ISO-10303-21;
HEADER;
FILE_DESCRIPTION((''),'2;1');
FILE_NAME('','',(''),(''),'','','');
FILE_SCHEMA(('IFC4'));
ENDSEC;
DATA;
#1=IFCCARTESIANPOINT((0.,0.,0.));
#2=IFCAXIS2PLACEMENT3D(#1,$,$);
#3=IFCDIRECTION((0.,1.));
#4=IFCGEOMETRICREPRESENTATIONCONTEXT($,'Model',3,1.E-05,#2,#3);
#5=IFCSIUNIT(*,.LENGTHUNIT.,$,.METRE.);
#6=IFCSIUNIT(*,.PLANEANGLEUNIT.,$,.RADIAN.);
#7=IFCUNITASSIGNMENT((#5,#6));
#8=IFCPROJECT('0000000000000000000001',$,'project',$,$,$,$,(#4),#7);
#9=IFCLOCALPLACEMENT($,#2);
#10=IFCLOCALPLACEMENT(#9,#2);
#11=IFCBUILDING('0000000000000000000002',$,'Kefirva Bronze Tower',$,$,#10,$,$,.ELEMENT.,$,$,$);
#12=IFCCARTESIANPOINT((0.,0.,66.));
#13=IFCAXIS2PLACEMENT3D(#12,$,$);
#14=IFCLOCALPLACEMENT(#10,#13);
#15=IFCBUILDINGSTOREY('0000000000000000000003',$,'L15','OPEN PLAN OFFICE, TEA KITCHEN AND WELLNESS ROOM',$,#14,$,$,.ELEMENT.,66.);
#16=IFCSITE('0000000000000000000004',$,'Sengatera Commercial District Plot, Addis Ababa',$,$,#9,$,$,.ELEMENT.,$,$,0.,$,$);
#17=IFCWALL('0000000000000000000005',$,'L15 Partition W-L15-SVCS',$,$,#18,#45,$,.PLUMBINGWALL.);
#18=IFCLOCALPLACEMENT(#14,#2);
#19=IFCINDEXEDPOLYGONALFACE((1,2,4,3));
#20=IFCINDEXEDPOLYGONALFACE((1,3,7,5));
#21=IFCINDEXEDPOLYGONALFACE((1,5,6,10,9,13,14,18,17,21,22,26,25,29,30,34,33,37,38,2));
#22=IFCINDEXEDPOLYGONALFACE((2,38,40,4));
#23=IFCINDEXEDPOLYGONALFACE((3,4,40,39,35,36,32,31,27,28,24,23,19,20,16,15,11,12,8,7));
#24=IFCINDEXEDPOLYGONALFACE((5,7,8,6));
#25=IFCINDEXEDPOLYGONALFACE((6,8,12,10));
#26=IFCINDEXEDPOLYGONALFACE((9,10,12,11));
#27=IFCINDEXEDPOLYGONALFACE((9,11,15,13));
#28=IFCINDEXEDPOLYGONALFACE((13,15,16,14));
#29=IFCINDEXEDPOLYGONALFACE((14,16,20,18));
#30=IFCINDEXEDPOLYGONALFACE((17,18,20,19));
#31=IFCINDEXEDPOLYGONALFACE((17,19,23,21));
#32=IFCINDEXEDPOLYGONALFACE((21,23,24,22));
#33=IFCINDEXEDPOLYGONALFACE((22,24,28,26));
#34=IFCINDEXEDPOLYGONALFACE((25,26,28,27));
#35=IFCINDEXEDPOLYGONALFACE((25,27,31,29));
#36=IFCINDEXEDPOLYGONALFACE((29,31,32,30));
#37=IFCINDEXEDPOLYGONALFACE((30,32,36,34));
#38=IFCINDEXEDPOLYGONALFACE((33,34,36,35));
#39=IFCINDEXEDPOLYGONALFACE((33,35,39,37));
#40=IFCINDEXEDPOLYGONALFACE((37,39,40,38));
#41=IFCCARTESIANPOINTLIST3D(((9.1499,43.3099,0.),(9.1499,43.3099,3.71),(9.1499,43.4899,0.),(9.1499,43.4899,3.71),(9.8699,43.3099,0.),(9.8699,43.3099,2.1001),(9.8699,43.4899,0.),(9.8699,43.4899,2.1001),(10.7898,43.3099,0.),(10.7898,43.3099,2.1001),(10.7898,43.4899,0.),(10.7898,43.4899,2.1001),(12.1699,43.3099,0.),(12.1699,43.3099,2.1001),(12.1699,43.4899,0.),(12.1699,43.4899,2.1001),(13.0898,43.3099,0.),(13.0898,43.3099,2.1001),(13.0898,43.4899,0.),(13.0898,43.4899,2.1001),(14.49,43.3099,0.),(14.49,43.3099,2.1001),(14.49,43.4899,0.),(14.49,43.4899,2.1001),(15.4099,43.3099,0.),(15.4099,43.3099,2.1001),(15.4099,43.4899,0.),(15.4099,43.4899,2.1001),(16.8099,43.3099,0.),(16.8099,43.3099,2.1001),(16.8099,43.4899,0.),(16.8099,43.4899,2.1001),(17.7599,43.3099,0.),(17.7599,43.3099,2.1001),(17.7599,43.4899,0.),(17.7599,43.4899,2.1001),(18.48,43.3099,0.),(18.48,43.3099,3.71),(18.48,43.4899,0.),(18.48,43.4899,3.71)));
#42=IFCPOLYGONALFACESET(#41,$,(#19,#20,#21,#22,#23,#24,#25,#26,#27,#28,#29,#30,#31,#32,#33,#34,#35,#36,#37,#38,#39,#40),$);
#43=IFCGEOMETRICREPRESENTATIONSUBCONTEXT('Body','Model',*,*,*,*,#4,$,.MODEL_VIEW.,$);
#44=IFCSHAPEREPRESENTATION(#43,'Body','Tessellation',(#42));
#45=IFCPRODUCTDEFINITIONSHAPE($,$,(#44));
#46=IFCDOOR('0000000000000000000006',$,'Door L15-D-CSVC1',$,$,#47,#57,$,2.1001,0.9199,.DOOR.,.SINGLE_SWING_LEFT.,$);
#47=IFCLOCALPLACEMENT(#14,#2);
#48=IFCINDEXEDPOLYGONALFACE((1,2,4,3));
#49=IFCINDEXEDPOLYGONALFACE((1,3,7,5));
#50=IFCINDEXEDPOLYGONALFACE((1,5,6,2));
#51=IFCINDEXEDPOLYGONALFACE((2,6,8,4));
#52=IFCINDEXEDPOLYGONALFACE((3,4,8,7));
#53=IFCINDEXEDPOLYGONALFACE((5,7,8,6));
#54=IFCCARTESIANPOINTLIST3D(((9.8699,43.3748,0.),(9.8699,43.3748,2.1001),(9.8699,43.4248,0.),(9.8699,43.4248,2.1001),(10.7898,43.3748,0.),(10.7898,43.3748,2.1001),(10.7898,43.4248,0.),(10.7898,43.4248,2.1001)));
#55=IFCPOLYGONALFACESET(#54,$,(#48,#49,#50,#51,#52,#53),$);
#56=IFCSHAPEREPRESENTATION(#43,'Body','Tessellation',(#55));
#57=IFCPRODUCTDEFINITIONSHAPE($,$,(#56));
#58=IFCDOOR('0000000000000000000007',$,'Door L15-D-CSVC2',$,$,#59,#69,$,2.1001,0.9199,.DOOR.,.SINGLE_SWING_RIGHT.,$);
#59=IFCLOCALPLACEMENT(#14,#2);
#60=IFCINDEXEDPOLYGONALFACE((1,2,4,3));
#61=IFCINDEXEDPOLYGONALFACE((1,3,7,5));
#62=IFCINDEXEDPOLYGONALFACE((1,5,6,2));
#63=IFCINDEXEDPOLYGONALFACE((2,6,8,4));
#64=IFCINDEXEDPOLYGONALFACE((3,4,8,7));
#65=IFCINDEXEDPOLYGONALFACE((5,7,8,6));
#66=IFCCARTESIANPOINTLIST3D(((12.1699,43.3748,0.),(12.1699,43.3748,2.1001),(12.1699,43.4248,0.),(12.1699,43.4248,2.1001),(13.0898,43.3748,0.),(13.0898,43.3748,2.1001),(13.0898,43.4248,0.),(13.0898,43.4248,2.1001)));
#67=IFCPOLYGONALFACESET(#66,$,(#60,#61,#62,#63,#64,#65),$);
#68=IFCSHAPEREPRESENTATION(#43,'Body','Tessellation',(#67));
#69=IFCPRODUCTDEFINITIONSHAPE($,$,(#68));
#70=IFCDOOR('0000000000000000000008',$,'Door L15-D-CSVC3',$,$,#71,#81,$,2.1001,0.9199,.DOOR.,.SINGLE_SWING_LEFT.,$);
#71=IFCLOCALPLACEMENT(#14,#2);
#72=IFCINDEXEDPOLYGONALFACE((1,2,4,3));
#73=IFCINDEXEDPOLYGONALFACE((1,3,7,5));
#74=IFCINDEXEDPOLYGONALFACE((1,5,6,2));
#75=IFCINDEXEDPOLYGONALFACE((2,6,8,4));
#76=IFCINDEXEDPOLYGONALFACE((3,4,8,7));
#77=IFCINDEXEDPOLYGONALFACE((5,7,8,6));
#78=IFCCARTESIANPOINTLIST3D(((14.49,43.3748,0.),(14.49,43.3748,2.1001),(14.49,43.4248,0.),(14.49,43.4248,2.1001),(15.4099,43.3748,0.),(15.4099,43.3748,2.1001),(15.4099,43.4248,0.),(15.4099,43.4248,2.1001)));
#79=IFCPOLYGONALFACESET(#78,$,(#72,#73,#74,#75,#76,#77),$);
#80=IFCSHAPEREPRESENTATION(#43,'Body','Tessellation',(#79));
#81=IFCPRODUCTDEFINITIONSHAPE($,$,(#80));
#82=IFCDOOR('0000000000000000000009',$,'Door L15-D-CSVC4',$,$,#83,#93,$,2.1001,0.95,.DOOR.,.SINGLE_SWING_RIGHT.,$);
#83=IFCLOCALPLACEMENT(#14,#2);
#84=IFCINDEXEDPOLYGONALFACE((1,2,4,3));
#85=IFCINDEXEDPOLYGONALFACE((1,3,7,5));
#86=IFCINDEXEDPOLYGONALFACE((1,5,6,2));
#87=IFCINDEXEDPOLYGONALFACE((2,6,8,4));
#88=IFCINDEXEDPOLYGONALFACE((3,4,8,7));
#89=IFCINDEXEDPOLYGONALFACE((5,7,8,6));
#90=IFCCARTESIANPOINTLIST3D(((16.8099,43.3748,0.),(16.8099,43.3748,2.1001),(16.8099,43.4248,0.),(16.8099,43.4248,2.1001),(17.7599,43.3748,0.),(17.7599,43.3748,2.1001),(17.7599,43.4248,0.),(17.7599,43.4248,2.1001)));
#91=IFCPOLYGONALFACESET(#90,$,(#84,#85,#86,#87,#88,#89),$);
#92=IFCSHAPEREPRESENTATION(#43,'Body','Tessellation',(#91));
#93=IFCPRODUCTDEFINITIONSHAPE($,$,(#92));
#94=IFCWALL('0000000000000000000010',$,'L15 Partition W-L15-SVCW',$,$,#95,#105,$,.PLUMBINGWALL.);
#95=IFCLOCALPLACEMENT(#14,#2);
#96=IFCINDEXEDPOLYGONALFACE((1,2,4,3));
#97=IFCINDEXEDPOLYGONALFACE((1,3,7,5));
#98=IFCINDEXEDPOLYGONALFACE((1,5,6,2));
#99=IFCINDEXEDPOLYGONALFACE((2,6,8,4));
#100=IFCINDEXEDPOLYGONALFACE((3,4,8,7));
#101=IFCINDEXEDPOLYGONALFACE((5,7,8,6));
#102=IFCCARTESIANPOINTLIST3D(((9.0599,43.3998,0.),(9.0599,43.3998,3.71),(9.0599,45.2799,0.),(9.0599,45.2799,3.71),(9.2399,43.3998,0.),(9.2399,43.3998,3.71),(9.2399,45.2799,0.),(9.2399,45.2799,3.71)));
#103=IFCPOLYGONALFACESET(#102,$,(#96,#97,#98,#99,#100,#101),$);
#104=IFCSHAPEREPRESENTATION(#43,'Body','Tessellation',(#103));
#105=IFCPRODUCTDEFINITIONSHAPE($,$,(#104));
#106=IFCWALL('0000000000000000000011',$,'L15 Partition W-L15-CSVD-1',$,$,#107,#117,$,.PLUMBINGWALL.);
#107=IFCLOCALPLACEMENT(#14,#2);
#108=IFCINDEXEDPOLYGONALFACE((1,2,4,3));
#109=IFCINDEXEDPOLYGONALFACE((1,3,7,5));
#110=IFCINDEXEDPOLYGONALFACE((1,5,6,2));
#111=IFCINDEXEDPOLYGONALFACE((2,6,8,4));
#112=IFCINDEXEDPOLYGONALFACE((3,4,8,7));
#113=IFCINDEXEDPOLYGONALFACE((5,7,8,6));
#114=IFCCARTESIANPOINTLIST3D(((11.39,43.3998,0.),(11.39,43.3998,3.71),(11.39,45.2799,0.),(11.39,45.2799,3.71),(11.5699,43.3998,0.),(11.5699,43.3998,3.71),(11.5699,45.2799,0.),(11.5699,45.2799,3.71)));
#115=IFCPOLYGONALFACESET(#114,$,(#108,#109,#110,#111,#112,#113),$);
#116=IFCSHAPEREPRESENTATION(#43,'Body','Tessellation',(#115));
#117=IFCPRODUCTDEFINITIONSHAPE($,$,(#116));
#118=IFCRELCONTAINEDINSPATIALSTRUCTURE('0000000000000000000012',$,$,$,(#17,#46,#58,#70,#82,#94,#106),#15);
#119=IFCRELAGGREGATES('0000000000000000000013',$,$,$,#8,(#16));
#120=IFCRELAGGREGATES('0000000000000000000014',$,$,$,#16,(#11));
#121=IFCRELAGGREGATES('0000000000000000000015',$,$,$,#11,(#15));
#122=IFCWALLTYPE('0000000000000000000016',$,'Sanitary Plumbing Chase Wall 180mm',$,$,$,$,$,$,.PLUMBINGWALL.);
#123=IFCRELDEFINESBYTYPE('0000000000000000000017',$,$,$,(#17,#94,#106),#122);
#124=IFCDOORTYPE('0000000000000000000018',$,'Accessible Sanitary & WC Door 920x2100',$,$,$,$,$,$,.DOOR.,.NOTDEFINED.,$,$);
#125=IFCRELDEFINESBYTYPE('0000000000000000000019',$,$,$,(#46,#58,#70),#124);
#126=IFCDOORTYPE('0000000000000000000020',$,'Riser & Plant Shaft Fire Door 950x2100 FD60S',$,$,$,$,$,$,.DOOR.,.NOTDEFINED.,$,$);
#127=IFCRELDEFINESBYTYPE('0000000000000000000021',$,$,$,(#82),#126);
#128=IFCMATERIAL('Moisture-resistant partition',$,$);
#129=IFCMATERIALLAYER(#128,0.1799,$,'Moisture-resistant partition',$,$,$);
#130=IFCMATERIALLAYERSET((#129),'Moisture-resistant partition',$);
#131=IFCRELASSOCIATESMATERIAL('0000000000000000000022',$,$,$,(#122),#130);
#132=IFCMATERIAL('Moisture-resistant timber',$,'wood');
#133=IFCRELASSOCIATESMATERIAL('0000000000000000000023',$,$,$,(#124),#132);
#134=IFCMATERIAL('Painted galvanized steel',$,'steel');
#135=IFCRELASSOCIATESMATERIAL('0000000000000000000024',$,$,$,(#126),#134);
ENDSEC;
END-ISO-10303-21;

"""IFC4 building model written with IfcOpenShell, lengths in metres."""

from ifc_helpers import new_model, si_unit, direction, frame, frame_2d, origin, place, context, subcontext, project, spatial, rectangle, extrude, material, layer, layer_set, type_object, element, fill, save


model = new_model("IFC4")

# Units and contexts
model_context = context("Model", 3, precision=1e-05, world=origin(), true_north=direction((0.0, 1.0)))
body_context = subcontext(model_context, "Body", "Model", "MODEL_VIEW")
ifc_project = project(units=[si_unit("LENGTHUNIT", "METRE"), si_unit("PLANEANGLEUNIT", "RADIAN")], contexts=[model_context])

# Site, building, storey
site_placement = place(None, origin())
site = spatial("IfcSite", under=ifc_project, at=site_placement, Name="Sengatera Commercial District Plot, Addis Ababa", CompositionType="ELEMENT", RefElevation=0.0)
building_placement = place(site_placement, origin())
building = spatial("IfcBuilding", under=site, at=building_placement, Name="Kefirva Bronze Tower", CompositionType="ELEMENT")
storey_placement = place(building_placement, frame((0.0, 0.0, 66.0)))
storey = spatial("IfcBuildingStorey", under=building, at=storey_placement, Name="L15", Description="OPEN PLAN OFFICE, TEA KITCHEN AND WELLNESS ROOM", CompositionType="ELEMENT", Elevation=66.0)

# Wall, openings, doors
ifc_material_1 = material(Name="Moisture-resistant partition")
ifc_layer_1 = layer(ifc_material_1, 0.1799, Name="Moisture-resistant partition")
ifc_layer_set_1 = layer_set([ifc_layer_1], Name="Moisture-resistant partition")
wall_type_1 = type_object("IfcWallType", Name="Sanitary Plumbing Chase Wall 180mm", PredefinedType="PLUMBINGWALL", material=ifc_layer_set_1)
wall_1_placement = place(storey_placement, frame((9.1499, 43.3999, 0.0), z_axis=(0.0, 0.0, 1.0), x_axis=(1.0, 0.0, 0.0)))
wall_1 = element("IfcWall", 1, at=wall_1_placement, inside=storey, type_object=wall_type_1, Name="L15 Partition W-L15-SVCS", PredefinedType="PLUMBINGWALL", context=body_context, shape_type="SweptSolid", body=[
    extrude(rectangle(XDim=9.3301, YDim=0.1799, at=frame_2d((4.665, 0.0))), origin(), (0.0, 0.0, 1.0), 3.71),
])
opening_1_placement = place(wall_1_placement, frame((0.72, 0.0, 0.0)))
opening_1 = element("IfcOpeningElement", 2, at=opening_1_placement, cuts=wall_1, PredefinedType="OPENING", context=body_context, shape_type="SweptSolid", body=[
    extrude(rectangle(XDim=0.9199, YDim=2.1001, at=frame_2d((0.46, 1.05))), frame((0.0, 0.1001, 0.0), z_axis=(0.0, -1.0, 0.0), x_axis=(1.0, 0.0, 0.0)), (0.0, 0.0, 1.0), 0.2),
])
opening_2_placement = place(wall_1_placement, frame((3.02, 0.0, 0.0)))
opening_2 = element("IfcOpeningElement", 3, at=opening_2_placement, cuts=wall_1, PredefinedType="OPENING", context=body_context, shape_type="SweptSolid", body=[
    extrude(rectangle(XDim=0.9199, YDim=2.1001, at=frame_2d((0.46, 1.05))), frame((0.0, 0.1001, 0.0), z_axis=(0.0, -1.0, 0.0), x_axis=(1.0, 0.0, 0.0)), (0.0, 0.0, 1.0), 0.2),
])
opening_3_placement = place(wall_1_placement, frame((5.3401, 0.0, 0.0)))
opening_3 = element("IfcOpeningElement", 4, at=opening_3_placement, cuts=wall_1, PredefinedType="OPENING", context=body_context, shape_type="SweptSolid", body=[
    extrude(rectangle(XDim=0.9199, YDim=2.1001, at=frame_2d((0.46, 1.05))), frame((0.0, 0.1001, 0.0), z_axis=(0.0, -1.0, 0.0), x_axis=(1.0, 0.0, 0.0)), (0.0, 0.0, 1.0), 0.2),
])
opening_4_placement = place(wall_1_placement, frame((7.6599, 0.0, 0.0)))
opening_4 = element("IfcOpeningElement", 5, at=opening_4_placement, cuts=wall_1, PredefinedType="OPENING", context=body_context, shape_type="SweptSolid", body=[
    extrude(rectangle(XDim=0.95, YDim=2.1001, at=frame_2d((0.4751, 1.05))), frame((0.0, 0.1001, 0.0), z_axis=(0.0, -1.0, 0.0), x_axis=(1.0, 0.0, 0.0)), (0.0, 0.0, 1.0), 0.2),
])
ifc_material_2 = material(Name="Moisture-resistant timber", Category="wood")
door_type_1 = type_object("IfcDoorType", Name="Accessible Sanitary & WC Door 920x2100", OperationType="NOTDEFINED", PredefinedType="DOOR", material=ifc_material_2)
door_1_placement = place(opening_1_placement, origin())
door_1 = element("IfcDoor", 6, at=door_1_placement, inside=storey, type_object=door_type_1, Name="Door L15-D-CSVC1", OperationType="SINGLE_SWING_LEFT", OverallHeight=2.1001, OverallWidth=0.9199, PredefinedType="DOOR", context=body_context, shape_type="SweptSolid", body=[
    extrude(rectangle(XDim=0.9199, YDim=2.1001, at=frame_2d((0.46, 1.05))), frame((0.0, 0.0249, 0.0), z_axis=(0.0, -1.0, 0.0), x_axis=(1.0, 0.0, 0.0)), (0.0, 0.0, 1.0), 0.05),
])
fill(opening_1, door_1)
door_2_placement = place(opening_2_placement, origin())
door_2 = element("IfcDoor", 7, at=door_2_placement, inside=storey, type_object=door_type_1, Name="Door L15-D-CSVC2", OperationType="SINGLE_SWING_RIGHT", OverallHeight=2.1001, OverallWidth=0.9199, PredefinedType="DOOR", context=body_context, shape_type="SweptSolid", body=[
    extrude(rectangle(XDim=0.9199, YDim=2.1001, at=frame_2d((0.46, 1.05))), frame((0.0, 0.0249, 0.0), z_axis=(0.0, -1.0, 0.0), x_axis=(1.0, 0.0, 0.0)), (0.0, 0.0, 1.0), 0.05),
])
fill(opening_2, door_2)
door_3_placement = place(opening_3_placement, origin())
door_3 = element("IfcDoor", 8, at=door_3_placement, inside=storey, type_object=door_type_1, Name="Door L15-D-CSVC3", OperationType="SINGLE_SWING_LEFT", OverallHeight=2.1001, OverallWidth=0.9199, PredefinedType="DOOR", context=body_context, shape_type="SweptSolid", body=[
    extrude(rectangle(XDim=0.9199, YDim=2.1001, at=frame_2d((0.46, 1.05))), frame((0.0, 0.0249, 0.0), z_axis=(0.0, -1.0, 0.0), x_axis=(1.0, 0.0, 0.0)), (0.0, 0.0, 1.0), 0.05),
])
fill(opening_3, door_3)
ifc_material_3 = material(Name="Painted galvanized steel", Category="steel")
door_type_2 = type_object("IfcDoorType", Name="Riser & Plant Shaft Fire Door 950x2100 FD60S", OperationType="NOTDEFINED", PredefinedType="DOOR", material=ifc_material_3)
door_4_placement = place(opening_4_placement, origin())
door_4 = element("IfcDoor", 9, at=door_4_placement, inside=storey, type_object=door_type_2, Name="Door L15-D-CSVC4", OperationType="SINGLE_SWING_RIGHT", OverallHeight=2.1001, OverallWidth=0.95, PredefinedType="DOOR", context=body_context, shape_type="SweptSolid", body=[
    extrude(rectangle(XDim=0.95, YDim=2.1001, at=frame_2d((0.4751, 1.05))), frame((0.0, 0.0249, 0.0), z_axis=(0.0, -1.0, 0.0), x_axis=(1.0, 0.0, 0.0)), (0.0, 0.0, 1.0), 0.05),
])
fill(opening_4, door_4)

# Walls
for number, where, z_axis, x_axis, name in (
    (10, (9.1499, 43.3999, 0.0), (0.0, 0.0, 1.0), (0.0, 1.0, 0.0), "L15 Partition W-L15-SVCW"),
    (11, (11.48, 43.3999, 0.0), (0.0, 0.0, 1.0), (0.0, 1.0, 0.0), "L15 Partition W-L15-CSVD-1"),
):
    element("IfcWall", number, at=place(storey_placement, frame(where, z_axis=z_axis, x_axis=x_axis)), inside=storey, type_object=wall_type_1, Name=name, PredefinedType="PLUMBINGWALL", context=body_context, shape_type="SweptSolid", body=[
        extrude(rectangle(XDim=1.8801, YDim=0.1799, at=frame_2d((0.9399, 0.0))), origin(), (0.0, 0.0, 1.0), 3.71),
    ])

save(model, "model.ifc")
